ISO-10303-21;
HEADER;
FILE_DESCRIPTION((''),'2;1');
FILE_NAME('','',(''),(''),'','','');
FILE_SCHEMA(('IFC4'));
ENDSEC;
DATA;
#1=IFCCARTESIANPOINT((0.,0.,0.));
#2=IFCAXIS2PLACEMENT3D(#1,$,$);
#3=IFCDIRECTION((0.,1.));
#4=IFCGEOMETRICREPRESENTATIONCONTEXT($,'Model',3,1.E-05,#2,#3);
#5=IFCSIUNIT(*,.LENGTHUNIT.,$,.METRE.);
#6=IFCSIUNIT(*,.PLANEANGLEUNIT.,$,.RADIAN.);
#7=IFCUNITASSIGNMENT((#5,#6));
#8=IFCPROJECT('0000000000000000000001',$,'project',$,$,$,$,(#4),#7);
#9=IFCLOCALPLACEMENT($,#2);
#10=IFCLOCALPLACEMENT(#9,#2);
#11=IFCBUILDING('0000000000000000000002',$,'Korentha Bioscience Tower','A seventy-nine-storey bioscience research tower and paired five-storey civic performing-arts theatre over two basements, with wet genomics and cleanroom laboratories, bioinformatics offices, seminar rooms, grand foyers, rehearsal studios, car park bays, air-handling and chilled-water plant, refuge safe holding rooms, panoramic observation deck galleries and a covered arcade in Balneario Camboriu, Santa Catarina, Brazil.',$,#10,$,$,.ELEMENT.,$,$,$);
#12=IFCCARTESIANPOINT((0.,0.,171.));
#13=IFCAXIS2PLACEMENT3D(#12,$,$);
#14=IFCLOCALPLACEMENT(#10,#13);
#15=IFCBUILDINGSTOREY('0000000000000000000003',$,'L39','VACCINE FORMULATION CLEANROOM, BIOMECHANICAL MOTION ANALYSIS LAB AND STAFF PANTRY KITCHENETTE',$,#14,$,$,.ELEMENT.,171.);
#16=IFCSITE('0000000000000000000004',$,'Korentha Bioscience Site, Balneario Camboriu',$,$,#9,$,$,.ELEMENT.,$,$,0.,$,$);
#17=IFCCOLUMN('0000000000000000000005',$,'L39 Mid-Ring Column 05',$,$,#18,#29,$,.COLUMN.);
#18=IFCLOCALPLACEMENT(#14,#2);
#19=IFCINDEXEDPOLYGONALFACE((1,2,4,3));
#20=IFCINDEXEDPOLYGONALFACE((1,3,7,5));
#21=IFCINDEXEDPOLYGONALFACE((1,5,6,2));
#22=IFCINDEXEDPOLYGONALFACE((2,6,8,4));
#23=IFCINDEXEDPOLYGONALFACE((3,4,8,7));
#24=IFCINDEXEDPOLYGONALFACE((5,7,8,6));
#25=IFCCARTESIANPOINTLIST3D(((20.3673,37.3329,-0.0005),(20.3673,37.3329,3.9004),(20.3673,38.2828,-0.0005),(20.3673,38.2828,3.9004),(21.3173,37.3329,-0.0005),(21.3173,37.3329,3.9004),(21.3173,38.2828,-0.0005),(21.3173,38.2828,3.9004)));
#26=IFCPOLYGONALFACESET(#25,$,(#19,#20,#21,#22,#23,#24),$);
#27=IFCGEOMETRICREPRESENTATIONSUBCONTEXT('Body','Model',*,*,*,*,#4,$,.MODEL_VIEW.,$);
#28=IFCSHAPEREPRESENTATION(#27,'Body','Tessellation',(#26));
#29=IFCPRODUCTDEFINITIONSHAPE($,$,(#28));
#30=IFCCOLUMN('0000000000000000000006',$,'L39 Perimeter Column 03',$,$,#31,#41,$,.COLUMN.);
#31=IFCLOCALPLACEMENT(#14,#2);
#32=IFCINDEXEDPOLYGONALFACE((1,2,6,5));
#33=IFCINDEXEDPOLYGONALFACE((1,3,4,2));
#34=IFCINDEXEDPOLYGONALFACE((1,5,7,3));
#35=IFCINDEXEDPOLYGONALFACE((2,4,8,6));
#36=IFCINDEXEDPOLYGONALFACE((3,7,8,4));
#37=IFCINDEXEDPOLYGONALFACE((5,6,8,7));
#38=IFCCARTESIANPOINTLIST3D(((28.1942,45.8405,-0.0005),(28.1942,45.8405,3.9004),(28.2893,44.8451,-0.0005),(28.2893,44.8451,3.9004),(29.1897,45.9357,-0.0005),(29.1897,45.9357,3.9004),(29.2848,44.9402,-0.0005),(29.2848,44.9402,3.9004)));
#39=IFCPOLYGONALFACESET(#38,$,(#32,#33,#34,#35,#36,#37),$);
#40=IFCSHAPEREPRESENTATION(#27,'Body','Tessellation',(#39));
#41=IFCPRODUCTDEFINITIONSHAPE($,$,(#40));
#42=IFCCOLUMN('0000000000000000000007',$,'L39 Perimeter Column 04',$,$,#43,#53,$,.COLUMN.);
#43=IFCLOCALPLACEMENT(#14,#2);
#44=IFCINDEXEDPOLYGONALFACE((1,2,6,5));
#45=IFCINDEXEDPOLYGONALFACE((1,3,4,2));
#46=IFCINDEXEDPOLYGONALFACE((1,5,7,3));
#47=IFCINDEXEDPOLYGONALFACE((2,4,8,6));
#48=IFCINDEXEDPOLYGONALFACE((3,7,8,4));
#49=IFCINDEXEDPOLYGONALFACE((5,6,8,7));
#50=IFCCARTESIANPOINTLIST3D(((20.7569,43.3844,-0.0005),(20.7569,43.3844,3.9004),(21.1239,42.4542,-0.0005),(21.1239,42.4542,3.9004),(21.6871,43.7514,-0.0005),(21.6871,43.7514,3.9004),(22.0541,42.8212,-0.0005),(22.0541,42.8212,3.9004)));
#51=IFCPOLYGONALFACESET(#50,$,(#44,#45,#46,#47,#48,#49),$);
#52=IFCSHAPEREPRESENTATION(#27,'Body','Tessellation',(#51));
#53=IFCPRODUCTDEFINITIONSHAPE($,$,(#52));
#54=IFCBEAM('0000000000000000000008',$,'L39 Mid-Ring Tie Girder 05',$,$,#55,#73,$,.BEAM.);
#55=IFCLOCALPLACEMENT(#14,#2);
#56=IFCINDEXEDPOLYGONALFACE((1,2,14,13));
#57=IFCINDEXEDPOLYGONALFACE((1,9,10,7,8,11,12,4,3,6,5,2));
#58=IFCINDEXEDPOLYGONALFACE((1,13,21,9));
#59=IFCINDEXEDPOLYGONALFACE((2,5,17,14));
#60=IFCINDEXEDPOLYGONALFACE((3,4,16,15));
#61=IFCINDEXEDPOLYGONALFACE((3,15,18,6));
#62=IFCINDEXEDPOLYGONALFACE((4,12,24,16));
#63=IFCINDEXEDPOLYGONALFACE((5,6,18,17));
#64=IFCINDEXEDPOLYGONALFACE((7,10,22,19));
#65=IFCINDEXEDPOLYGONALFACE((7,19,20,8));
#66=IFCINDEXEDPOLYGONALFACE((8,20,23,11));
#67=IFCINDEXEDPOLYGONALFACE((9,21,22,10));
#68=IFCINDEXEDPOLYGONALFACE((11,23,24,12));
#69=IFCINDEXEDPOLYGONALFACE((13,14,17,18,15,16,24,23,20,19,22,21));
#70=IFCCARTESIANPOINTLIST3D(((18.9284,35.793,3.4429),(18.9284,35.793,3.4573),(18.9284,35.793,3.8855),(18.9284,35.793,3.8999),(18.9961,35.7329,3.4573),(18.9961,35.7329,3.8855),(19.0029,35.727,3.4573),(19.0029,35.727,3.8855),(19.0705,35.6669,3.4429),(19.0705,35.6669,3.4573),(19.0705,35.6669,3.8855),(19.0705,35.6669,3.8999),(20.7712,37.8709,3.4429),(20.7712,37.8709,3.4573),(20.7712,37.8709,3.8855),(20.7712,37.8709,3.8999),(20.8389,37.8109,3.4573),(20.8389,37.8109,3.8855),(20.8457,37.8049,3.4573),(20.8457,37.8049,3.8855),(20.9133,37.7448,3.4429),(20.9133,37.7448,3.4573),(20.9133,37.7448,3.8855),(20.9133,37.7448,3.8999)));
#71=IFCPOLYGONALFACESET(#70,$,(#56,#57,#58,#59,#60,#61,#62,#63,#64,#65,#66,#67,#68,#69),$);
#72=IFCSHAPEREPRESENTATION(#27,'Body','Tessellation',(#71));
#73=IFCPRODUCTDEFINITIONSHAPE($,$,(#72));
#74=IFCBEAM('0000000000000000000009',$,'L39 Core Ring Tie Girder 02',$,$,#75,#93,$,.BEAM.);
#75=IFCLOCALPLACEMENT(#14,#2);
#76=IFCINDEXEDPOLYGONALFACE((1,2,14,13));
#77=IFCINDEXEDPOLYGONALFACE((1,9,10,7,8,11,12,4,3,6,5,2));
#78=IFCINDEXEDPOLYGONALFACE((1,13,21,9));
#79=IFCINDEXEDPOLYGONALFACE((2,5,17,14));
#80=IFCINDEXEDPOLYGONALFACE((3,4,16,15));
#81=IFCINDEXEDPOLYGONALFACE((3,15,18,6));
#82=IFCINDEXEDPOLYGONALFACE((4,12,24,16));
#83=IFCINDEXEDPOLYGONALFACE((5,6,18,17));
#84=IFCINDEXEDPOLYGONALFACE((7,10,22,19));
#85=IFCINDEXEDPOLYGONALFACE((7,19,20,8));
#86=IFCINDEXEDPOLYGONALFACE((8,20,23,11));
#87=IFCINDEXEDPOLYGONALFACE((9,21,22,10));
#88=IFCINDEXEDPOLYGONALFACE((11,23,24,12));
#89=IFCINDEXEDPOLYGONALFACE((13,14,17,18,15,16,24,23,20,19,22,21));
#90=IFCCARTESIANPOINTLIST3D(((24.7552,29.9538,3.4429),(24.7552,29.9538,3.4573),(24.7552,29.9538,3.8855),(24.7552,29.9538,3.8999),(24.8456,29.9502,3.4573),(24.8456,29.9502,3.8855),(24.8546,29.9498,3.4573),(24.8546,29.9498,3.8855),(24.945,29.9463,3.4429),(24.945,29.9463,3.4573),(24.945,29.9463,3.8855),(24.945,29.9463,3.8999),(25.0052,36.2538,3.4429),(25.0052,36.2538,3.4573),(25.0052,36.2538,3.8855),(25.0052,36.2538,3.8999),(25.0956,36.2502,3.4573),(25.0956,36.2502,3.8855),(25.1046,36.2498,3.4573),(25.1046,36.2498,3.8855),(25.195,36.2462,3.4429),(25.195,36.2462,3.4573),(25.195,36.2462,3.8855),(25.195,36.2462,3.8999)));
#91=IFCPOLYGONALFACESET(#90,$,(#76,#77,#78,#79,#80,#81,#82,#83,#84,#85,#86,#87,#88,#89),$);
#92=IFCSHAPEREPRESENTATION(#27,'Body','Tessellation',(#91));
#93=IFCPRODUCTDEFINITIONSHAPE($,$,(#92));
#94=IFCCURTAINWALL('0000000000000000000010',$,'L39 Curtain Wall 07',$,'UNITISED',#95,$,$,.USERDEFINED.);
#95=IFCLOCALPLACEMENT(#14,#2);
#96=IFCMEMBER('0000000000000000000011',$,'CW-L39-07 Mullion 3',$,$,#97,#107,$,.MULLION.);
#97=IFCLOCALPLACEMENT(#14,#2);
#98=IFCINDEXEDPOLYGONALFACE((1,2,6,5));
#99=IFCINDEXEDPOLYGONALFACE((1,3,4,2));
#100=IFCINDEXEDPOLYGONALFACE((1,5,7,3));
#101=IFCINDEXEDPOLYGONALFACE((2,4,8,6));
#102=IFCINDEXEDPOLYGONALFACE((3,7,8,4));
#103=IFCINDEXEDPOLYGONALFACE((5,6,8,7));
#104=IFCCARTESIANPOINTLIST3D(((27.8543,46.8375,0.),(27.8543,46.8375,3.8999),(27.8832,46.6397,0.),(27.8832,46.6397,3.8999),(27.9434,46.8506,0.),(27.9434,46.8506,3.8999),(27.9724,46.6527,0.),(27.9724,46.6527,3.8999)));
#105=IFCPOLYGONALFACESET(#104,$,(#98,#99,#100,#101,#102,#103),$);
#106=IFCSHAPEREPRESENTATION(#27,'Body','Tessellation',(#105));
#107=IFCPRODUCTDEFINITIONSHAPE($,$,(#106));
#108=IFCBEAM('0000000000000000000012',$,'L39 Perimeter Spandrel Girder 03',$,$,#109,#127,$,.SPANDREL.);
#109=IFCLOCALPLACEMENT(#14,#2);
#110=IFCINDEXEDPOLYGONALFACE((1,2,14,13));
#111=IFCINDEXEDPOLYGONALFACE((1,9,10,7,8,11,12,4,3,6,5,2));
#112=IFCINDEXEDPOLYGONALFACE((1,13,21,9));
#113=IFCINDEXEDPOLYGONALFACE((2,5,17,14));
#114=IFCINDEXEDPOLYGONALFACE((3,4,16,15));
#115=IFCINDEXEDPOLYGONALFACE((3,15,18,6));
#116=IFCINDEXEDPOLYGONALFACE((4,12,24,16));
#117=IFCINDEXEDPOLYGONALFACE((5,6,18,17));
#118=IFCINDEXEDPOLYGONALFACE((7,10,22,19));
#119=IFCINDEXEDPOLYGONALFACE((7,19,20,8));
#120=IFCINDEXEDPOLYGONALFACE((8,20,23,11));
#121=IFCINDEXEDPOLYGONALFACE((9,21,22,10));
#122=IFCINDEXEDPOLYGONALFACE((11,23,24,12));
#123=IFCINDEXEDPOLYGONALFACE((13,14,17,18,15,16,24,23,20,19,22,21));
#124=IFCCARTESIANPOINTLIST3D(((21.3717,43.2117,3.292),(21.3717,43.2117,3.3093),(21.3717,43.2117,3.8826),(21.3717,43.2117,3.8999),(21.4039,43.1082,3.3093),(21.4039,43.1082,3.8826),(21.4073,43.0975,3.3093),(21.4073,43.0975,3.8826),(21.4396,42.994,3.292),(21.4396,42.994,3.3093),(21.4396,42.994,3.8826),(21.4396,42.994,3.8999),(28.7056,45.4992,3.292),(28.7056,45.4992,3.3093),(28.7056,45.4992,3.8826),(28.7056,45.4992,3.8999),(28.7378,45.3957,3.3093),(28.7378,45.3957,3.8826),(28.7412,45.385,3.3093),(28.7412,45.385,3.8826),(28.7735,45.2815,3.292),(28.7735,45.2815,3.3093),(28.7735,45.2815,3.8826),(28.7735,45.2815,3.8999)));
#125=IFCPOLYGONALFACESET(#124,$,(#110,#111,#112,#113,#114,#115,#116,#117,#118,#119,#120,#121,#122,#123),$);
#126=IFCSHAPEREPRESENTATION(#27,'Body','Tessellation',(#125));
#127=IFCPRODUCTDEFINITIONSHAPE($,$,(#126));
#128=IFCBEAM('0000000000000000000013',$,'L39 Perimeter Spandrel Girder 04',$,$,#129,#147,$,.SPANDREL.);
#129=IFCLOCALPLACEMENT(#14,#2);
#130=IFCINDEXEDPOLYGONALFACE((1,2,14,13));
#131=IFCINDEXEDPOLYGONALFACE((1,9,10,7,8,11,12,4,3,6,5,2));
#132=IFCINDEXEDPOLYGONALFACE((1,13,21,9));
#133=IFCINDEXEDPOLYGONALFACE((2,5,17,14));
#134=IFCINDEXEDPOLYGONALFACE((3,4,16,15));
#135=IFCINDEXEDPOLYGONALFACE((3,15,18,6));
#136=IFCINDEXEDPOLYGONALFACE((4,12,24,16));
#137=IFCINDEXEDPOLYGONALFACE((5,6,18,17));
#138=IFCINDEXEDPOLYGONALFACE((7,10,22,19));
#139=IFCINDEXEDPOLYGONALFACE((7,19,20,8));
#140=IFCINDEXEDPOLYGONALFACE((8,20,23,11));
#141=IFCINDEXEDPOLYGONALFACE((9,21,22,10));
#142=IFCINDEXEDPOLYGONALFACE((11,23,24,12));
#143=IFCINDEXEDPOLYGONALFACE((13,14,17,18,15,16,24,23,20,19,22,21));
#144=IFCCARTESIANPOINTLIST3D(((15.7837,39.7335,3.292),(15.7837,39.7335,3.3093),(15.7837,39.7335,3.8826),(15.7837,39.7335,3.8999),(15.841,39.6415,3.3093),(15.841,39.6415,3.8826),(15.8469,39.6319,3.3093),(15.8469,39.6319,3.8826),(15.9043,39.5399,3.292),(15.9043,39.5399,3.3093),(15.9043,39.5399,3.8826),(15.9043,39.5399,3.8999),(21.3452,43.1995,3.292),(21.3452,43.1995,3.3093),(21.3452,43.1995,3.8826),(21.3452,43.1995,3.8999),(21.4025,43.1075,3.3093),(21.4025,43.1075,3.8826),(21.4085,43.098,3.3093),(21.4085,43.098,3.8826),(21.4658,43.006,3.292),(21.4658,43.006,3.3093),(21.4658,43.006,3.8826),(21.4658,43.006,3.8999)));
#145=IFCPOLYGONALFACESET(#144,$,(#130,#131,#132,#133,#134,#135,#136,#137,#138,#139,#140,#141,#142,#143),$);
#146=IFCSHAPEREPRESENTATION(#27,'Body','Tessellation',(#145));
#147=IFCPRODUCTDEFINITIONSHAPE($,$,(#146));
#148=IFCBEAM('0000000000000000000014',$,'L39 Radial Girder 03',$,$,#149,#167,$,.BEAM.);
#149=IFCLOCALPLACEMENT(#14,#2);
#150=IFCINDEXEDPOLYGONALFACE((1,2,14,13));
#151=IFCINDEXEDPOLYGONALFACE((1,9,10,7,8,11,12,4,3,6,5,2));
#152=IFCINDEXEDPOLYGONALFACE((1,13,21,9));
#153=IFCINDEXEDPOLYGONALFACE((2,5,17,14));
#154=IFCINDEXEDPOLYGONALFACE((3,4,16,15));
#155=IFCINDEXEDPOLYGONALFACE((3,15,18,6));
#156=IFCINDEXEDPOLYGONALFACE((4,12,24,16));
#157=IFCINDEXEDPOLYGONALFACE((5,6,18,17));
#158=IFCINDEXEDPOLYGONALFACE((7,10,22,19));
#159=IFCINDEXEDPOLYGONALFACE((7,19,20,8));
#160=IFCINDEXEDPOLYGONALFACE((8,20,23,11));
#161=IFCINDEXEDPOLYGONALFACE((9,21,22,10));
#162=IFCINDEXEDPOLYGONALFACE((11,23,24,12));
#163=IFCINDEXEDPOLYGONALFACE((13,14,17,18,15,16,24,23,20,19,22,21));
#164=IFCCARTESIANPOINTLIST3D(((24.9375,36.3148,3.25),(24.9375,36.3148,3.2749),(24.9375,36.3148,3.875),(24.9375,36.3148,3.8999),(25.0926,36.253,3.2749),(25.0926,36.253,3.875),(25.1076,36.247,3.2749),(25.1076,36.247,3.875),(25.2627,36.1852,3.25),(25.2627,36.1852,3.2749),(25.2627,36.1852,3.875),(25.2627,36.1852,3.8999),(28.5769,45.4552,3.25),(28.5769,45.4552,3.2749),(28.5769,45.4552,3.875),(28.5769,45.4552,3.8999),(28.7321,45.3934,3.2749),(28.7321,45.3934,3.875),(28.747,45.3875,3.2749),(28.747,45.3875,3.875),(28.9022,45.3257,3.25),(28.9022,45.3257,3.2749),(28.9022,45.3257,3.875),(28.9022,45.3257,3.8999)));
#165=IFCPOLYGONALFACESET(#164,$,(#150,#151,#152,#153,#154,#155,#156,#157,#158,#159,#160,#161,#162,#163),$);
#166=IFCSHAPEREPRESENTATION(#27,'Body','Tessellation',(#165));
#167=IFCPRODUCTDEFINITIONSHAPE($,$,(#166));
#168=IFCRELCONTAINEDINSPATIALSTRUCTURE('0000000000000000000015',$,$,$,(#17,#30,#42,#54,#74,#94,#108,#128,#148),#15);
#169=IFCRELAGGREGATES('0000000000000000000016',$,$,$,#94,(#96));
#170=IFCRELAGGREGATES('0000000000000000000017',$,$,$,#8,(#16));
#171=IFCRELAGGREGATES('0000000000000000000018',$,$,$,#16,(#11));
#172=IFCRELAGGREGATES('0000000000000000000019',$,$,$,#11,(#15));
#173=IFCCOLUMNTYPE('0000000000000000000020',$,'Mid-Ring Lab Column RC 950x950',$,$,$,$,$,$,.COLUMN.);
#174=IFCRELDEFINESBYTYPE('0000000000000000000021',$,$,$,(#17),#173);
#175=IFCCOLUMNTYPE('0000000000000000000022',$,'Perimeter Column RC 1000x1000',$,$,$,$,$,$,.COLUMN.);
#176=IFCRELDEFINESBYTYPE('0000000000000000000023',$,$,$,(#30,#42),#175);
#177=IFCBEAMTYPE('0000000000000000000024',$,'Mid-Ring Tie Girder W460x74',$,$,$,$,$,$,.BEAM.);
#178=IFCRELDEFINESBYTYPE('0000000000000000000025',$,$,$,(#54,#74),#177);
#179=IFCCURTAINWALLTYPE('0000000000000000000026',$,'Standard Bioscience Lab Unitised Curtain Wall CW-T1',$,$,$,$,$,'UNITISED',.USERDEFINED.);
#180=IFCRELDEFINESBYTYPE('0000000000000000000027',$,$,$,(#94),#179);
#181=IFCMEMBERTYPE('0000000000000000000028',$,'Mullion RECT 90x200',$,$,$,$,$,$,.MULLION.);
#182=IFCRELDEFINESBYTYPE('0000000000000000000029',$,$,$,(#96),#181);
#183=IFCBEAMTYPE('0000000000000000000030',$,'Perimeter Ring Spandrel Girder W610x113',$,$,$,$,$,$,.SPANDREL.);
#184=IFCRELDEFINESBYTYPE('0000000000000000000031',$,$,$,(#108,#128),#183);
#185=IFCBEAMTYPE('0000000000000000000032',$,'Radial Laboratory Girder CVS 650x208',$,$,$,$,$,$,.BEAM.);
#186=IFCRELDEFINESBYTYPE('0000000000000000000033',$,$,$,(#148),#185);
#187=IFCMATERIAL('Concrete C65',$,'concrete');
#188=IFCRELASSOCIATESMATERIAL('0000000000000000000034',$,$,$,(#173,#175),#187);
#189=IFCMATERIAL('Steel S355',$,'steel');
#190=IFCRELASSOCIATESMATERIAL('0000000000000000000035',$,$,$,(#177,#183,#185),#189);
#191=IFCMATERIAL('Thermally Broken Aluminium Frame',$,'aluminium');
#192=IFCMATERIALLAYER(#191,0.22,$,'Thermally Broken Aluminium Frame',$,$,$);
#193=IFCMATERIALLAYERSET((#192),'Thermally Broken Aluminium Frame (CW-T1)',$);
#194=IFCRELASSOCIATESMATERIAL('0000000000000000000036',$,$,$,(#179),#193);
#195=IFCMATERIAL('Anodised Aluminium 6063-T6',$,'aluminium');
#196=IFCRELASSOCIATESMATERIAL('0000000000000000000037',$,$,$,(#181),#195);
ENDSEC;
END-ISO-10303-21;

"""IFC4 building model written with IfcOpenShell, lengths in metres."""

from ifc_helpers import new_model, si_unit, direction, frame, origin, origin_2d, place, context, subcontext, project, spatial, rectangle, i_section, extrude, material, layer, layer_set, material_profile, profile_set, type_object, element, aggregate, save


model = new_model("IFC4")

# Units and contexts
model_context = context("Model", 3, precision=1e-05, world=origin(), true_north=direction((0.0, 1.0)))
body_context = subcontext(model_context, "Body", "Model", "MODEL_VIEW")
ifc_project = project(units=[si_unit("LENGTHUNIT", "METRE"), si_unit("PLANEANGLEUNIT", "RADIAN")], contexts=[model_context])

# Site, building, storey
site_placement = place(None, origin())
site = spatial("IfcSite", under=ifc_project, at=site_placement, Name="Korentha Bioscience Site, Balneario Camboriu", CompositionType="ELEMENT", RefElevation=0.0)
building_placement = place(site_placement, origin())
building = spatial("IfcBuilding", under=site, at=building_placement, Name="Korentha Bioscience Tower", Description="A seventy-nine-storey bioscience research tower and paired five-storey civic performing-arts theatre over two basements, with wet genomics and cleanroom laboratories, bioinformatics offices, seminar rooms, grand foyers, rehearsal studios, car park bays, air-handling and chilled-water plant, refuge safe holding rooms, panoramic observation deck galleries and a covered arcade in Balneario Camboriu, Santa Catarina, Brazil.", CompositionType="ELEMENT")
storey_placement = place(building_placement, frame((0.0, 0.0, 171.0)))
storey = spatial("IfcBuildingStorey", under=building, at=storey_placement, Name="L39", Description="VACCINE FORMULATION CLEANROOM, BIOMECHANICAL MOTION ANALYSIS LAB AND STAFF PANTRY KITCHENETTE", CompositionType="ELEMENT", Elevation=171.0)

# Columns
ifc_material_1 = material(Name="Concrete C65", Category="concrete")
ifc_material_profile_1 = material_profile(ifc_material_1, rectangle(XDim=0.95, YDim=0.95, at=origin_2d()), Name="Concrete C65")
ifc_profile_set_1 = profile_set([ifc_material_profile_1], Name="Concrete C65 (COL-MR09)")
column_type_1 = type_object("IfcColumnType", Name="Mid-Ring Lab Column RC 950x950", PredefinedType="COLUMN", material=ifc_profile_set_1)
column_placement = place(storey_placement, frame((20.8423, 37.8079, -0.0005), z_axis=(0.0, 0.0, 1.0), x_axis=(1.0, 0.0, 0.0)))
element("IfcColumn", 1, at=column_placement, inside=storey, type_object=column_type_1, Name="L39 Mid-Ring Column 05", PredefinedType="COLUMN", context=body_context, shape_type="SweptSolid", body=[
    extrude(rectangle(XDim=0.95, YDim=0.95, at=origin_2d()), origin(), (0.0, 0.0, 1.0), 3.9009),
])
ifc_material_profile_2 = material_profile(ifc_material_1, rectangle(XDim=1.0, YDim=1.0, at=origin_2d()), Name="Concrete C65")
ifc_profile_set_2 = profile_set([ifc_material_profile_2], Name="Concrete C65 (COL-P10)")
column_type_2 = type_object("IfcColumnType", Name="Perimeter Column RC 1000x1000", PredefinedType="COLUMN", material=ifc_profile_set_2)
for number, where, z_axis, x_axis, name in (
    (2, (28.7395, 45.3904, -0.0005), (0.0, 0.0, 1.0), (0.995463, 0.095151, 0.0), "L39 Perimeter Column 03"),
    (3, (21.4055, 43.1028, -0.0005), (0.0, 0.0, 1.0), (0.930226, 0.366988, 0.0), "L39 Perimeter Column 04"),
):
    element("IfcColumn", number, at=place(storey_placement, frame(where, z_axis=z_axis, x_axis=x_axis)), inside=storey, type_object=column_type_2, Name=name, PredefinedType="COLUMN", context=body_context, shape_type="SweptSolid", body=[
        extrude(rectangle(XDim=1.0, YDim=1.0, at=origin_2d()), origin(), (0.0, 0.0, 1.0), 3.9009),
    ])

# Beams
ifc_material_2 = material(Name="Steel S355", Category="steel")
ifc_material_profile_3 = material_profile(ifc_material_2, i_section(OverallWidth=0.1899, OverallDepth=0.457, WebThickness=0.009, FlangeThickness=0.0144, at=origin_2d()), Name="Steel S355")
ifc_profile_set_3 = profile_set([ifc_material_profile_3], Name="Steel S355 (MB-460)")
beam_type_1 = type_object("IfcBeamType", Name="Mid-Ring Tie Girder W460x74", PredefinedType="BEAM", material=ifc_profile_set_3)
beam_1_placement = place(storey_placement, frame((20.8423, 37.8079, 3.6714), z_axis=(-0.663512, -0.748165, 0.0), x_axis=(0.748165, -0.663512, 0.0)))
element("IfcBeam", 4, at=beam_1_placement, inside=storey, type_object=beam_type_1, Name="L39 Mid-Ring Tie Girder 05", PredefinedType="BEAM", context=body_context, shape_type="SweptSolid", body=[
    extrude(i_section(OverallWidth=0.1899, OverallDepth=0.457, WebThickness=0.009, FlangeThickness=0.0144, at=origin_2d()), origin(), (0.0, 0.0, 1.0), 2.7773),
])
beam_2_placement = place(storey_placement, frame((25.1001, 36.25, 3.6714), z_axis=(-0.039651, -0.999214, 0.0), x_axis=(0.999214, -0.039651, 0.0)))
element("IfcBeam", 5, at=beam_2_placement, inside=storey, type_object=beam_type_1, Name="L39 Core Ring Tie Girder 02", PredefinedType="BEAM", context=body_context, shape_type="SweptSolid", body=[
    extrude(i_section(OverallWidth=0.1899, OverallDepth=0.457, WebThickness=0.009, FlangeThickness=0.0144, at=origin_2d()), origin(), (0.0, 0.0, 1.0), 6.3049),
])

# Curtain wall, member
ifc_material_3 = material(Name="Thermally Broken Aluminium Frame", Category="aluminium")
ifc_layer_1 = layer(ifc_material_3, 0.22, Name="Thermally Broken Aluminium Frame")
ifc_layer_set_1 = layer_set([ifc_layer_1], Name="Thermally Broken Aluminium Frame (CW-T1)")
curtain_wall_type = type_object("IfcCurtainWallType", Name="Standard Bioscience Lab Unitised Curtain Wall CW-T1", ElementType="UNITISED", PredefinedType="USERDEFINED", material=ifc_layer_set_1)
curtain_wall_placement = place(storey_placement, origin())
curtain_wall = element("IfcCurtainWall", 6, at=curtain_wall_placement, inside=storey, type_object=curtain_wall_type, Name="L39 Curtain Wall 07", ObjectType="UNITISED", PredefinedType="USERDEFINED")
ifc_material_4 = material(Name="Anodised Aluminium 6063-T6", Category="aluminium")
ifc_material_profile_4 = material_profile(ifc_material_4, rectangle(XDim=0.0901, YDim=0.2, at=origin_2d()), Name="Anodised Aluminium 6063-T6")
ifc_profile_set_4 = profile_set([ifc_material_profile_4], Name="Anodised Aluminium 6063-T6 (CW-MUL)")
member_type = type_object("IfcMemberType", Name="Mullion RECT 90x200", PredefinedType="MULLION", material=ifc_profile_set_4)
member_placement = place(storey_placement, frame((27.9133, 46.7451, 0.0), z_axis=(0.0, 0.0, 1.0), x_axis=(-0.989462, -0.144793, 0.0)))
member = element("IfcMember", 7, at=member_placement, type_object=member_type, Name="CW-L39-07 Mullion 3", PredefinedType="MULLION", context=body_context, shape_type="SweptSolid", body=[
    extrude(rectangle(XDim=0.0901, YDim=0.2, at=origin_2d()), origin(), (0.0, 0.0, 1.0), 3.8999),
])

# Beams
ifc_material_profile_5 = material_profile(ifc_material_2, i_section(OverallWidth=0.228, OverallDepth=0.6079, WebThickness=0.0112, FlangeThickness=0.0173, at=origin_2d()), Name="Steel S355")
ifc_profile_set_5 = profile_set([ifc_material_profile_5], Name="Steel S355 (SB-610)")
beam_type_2 = type_object("IfcBeamType", Name="Perimeter Ring Spandrel Girder W610x113", PredefinedType="SPANDREL", material=ifc_profile_set_5)
beam_3_placement = place(storey_placement, frame((28.7395, 45.3904, 3.5959), z_axis=(-0.954638, -0.297768, 0.0), x_axis=(0.297768, -0.954638, 0.0)))
element("IfcBeam", 8, at=beam_3_placement, inside=storey, type_object=beam_type_2, Name="L39 Perimeter Spandrel Girder 03", PredefinedType="SPANDREL", context=body_context, shape_type="SweptSolid", body=[
    extrude(i_section(OverallWidth=0.228, OverallDepth=0.6079, WebThickness=0.0112, FlangeThickness=0.0173, at=origin_2d()), origin(), (0.0, 0.0, 1.0), 7.6824),
])
beam_4_placement = place(storey_placement, frame((21.4055, 43.1028, 3.5959), z_axis=(-0.848676, -0.528913, 0.0), x_axis=(0.528913, -0.848676, 0.0)))
element("IfcBeam", 9, at=beam_4_placement, inside=storey, type_object=beam_type_2, Name="L39 Perimeter Spandrel Girder 04", PredefinedType="SPANDREL", context=body_context, shape_type="SweptSolid", body=[
    extrude(i_section(OverallWidth=0.228, OverallDepth=0.6079, WebThickness=0.0112, FlangeThickness=0.0173, at=origin_2d()), origin(), (0.0, 0.0, 1.0), 6.5532),
])
ifc_material_profile_6 = material_profile(ifc_material_2, i_section(OverallWidth=0.3501, OverallDepth=0.6499, WebThickness=0.0161, FlangeThickness=0.0249, at=origin_2d()), Name="Steel S355")
ifc_profile_set_6 = profile_set([ifc_material_profile_6], Name="Steel S355 (RB-650)")
beam_type_3 = type_object("IfcBeamType", Name="Radial Laboratory Girder CVS 650x208", PredefinedType="BEAM", material=ifc_profile_set_6)
beam_5_placement = place(storey_placement, frame((25.1001, 36.25, 3.575), z_axis=(0.369923, 0.929063, 0.0), x_axis=(-0.929063, 0.369923, 0.0)))
element("IfcBeam", 10, at=beam_5_placement, inside=storey, type_object=beam_type_3, Name="L39 Radial Girder 03", PredefinedType="BEAM", context=body_context, shape_type="SweptSolid", body=[
    extrude(i_section(OverallWidth=0.3501, OverallDepth=0.6499, WebThickness=0.0161, FlangeThickness=0.0249, at=origin_2d()), origin(), (0.0, 0.0, 1.0), 9.8384),
])

aggregate(curtain_wall, [member])

save(model, "model.ifc")
